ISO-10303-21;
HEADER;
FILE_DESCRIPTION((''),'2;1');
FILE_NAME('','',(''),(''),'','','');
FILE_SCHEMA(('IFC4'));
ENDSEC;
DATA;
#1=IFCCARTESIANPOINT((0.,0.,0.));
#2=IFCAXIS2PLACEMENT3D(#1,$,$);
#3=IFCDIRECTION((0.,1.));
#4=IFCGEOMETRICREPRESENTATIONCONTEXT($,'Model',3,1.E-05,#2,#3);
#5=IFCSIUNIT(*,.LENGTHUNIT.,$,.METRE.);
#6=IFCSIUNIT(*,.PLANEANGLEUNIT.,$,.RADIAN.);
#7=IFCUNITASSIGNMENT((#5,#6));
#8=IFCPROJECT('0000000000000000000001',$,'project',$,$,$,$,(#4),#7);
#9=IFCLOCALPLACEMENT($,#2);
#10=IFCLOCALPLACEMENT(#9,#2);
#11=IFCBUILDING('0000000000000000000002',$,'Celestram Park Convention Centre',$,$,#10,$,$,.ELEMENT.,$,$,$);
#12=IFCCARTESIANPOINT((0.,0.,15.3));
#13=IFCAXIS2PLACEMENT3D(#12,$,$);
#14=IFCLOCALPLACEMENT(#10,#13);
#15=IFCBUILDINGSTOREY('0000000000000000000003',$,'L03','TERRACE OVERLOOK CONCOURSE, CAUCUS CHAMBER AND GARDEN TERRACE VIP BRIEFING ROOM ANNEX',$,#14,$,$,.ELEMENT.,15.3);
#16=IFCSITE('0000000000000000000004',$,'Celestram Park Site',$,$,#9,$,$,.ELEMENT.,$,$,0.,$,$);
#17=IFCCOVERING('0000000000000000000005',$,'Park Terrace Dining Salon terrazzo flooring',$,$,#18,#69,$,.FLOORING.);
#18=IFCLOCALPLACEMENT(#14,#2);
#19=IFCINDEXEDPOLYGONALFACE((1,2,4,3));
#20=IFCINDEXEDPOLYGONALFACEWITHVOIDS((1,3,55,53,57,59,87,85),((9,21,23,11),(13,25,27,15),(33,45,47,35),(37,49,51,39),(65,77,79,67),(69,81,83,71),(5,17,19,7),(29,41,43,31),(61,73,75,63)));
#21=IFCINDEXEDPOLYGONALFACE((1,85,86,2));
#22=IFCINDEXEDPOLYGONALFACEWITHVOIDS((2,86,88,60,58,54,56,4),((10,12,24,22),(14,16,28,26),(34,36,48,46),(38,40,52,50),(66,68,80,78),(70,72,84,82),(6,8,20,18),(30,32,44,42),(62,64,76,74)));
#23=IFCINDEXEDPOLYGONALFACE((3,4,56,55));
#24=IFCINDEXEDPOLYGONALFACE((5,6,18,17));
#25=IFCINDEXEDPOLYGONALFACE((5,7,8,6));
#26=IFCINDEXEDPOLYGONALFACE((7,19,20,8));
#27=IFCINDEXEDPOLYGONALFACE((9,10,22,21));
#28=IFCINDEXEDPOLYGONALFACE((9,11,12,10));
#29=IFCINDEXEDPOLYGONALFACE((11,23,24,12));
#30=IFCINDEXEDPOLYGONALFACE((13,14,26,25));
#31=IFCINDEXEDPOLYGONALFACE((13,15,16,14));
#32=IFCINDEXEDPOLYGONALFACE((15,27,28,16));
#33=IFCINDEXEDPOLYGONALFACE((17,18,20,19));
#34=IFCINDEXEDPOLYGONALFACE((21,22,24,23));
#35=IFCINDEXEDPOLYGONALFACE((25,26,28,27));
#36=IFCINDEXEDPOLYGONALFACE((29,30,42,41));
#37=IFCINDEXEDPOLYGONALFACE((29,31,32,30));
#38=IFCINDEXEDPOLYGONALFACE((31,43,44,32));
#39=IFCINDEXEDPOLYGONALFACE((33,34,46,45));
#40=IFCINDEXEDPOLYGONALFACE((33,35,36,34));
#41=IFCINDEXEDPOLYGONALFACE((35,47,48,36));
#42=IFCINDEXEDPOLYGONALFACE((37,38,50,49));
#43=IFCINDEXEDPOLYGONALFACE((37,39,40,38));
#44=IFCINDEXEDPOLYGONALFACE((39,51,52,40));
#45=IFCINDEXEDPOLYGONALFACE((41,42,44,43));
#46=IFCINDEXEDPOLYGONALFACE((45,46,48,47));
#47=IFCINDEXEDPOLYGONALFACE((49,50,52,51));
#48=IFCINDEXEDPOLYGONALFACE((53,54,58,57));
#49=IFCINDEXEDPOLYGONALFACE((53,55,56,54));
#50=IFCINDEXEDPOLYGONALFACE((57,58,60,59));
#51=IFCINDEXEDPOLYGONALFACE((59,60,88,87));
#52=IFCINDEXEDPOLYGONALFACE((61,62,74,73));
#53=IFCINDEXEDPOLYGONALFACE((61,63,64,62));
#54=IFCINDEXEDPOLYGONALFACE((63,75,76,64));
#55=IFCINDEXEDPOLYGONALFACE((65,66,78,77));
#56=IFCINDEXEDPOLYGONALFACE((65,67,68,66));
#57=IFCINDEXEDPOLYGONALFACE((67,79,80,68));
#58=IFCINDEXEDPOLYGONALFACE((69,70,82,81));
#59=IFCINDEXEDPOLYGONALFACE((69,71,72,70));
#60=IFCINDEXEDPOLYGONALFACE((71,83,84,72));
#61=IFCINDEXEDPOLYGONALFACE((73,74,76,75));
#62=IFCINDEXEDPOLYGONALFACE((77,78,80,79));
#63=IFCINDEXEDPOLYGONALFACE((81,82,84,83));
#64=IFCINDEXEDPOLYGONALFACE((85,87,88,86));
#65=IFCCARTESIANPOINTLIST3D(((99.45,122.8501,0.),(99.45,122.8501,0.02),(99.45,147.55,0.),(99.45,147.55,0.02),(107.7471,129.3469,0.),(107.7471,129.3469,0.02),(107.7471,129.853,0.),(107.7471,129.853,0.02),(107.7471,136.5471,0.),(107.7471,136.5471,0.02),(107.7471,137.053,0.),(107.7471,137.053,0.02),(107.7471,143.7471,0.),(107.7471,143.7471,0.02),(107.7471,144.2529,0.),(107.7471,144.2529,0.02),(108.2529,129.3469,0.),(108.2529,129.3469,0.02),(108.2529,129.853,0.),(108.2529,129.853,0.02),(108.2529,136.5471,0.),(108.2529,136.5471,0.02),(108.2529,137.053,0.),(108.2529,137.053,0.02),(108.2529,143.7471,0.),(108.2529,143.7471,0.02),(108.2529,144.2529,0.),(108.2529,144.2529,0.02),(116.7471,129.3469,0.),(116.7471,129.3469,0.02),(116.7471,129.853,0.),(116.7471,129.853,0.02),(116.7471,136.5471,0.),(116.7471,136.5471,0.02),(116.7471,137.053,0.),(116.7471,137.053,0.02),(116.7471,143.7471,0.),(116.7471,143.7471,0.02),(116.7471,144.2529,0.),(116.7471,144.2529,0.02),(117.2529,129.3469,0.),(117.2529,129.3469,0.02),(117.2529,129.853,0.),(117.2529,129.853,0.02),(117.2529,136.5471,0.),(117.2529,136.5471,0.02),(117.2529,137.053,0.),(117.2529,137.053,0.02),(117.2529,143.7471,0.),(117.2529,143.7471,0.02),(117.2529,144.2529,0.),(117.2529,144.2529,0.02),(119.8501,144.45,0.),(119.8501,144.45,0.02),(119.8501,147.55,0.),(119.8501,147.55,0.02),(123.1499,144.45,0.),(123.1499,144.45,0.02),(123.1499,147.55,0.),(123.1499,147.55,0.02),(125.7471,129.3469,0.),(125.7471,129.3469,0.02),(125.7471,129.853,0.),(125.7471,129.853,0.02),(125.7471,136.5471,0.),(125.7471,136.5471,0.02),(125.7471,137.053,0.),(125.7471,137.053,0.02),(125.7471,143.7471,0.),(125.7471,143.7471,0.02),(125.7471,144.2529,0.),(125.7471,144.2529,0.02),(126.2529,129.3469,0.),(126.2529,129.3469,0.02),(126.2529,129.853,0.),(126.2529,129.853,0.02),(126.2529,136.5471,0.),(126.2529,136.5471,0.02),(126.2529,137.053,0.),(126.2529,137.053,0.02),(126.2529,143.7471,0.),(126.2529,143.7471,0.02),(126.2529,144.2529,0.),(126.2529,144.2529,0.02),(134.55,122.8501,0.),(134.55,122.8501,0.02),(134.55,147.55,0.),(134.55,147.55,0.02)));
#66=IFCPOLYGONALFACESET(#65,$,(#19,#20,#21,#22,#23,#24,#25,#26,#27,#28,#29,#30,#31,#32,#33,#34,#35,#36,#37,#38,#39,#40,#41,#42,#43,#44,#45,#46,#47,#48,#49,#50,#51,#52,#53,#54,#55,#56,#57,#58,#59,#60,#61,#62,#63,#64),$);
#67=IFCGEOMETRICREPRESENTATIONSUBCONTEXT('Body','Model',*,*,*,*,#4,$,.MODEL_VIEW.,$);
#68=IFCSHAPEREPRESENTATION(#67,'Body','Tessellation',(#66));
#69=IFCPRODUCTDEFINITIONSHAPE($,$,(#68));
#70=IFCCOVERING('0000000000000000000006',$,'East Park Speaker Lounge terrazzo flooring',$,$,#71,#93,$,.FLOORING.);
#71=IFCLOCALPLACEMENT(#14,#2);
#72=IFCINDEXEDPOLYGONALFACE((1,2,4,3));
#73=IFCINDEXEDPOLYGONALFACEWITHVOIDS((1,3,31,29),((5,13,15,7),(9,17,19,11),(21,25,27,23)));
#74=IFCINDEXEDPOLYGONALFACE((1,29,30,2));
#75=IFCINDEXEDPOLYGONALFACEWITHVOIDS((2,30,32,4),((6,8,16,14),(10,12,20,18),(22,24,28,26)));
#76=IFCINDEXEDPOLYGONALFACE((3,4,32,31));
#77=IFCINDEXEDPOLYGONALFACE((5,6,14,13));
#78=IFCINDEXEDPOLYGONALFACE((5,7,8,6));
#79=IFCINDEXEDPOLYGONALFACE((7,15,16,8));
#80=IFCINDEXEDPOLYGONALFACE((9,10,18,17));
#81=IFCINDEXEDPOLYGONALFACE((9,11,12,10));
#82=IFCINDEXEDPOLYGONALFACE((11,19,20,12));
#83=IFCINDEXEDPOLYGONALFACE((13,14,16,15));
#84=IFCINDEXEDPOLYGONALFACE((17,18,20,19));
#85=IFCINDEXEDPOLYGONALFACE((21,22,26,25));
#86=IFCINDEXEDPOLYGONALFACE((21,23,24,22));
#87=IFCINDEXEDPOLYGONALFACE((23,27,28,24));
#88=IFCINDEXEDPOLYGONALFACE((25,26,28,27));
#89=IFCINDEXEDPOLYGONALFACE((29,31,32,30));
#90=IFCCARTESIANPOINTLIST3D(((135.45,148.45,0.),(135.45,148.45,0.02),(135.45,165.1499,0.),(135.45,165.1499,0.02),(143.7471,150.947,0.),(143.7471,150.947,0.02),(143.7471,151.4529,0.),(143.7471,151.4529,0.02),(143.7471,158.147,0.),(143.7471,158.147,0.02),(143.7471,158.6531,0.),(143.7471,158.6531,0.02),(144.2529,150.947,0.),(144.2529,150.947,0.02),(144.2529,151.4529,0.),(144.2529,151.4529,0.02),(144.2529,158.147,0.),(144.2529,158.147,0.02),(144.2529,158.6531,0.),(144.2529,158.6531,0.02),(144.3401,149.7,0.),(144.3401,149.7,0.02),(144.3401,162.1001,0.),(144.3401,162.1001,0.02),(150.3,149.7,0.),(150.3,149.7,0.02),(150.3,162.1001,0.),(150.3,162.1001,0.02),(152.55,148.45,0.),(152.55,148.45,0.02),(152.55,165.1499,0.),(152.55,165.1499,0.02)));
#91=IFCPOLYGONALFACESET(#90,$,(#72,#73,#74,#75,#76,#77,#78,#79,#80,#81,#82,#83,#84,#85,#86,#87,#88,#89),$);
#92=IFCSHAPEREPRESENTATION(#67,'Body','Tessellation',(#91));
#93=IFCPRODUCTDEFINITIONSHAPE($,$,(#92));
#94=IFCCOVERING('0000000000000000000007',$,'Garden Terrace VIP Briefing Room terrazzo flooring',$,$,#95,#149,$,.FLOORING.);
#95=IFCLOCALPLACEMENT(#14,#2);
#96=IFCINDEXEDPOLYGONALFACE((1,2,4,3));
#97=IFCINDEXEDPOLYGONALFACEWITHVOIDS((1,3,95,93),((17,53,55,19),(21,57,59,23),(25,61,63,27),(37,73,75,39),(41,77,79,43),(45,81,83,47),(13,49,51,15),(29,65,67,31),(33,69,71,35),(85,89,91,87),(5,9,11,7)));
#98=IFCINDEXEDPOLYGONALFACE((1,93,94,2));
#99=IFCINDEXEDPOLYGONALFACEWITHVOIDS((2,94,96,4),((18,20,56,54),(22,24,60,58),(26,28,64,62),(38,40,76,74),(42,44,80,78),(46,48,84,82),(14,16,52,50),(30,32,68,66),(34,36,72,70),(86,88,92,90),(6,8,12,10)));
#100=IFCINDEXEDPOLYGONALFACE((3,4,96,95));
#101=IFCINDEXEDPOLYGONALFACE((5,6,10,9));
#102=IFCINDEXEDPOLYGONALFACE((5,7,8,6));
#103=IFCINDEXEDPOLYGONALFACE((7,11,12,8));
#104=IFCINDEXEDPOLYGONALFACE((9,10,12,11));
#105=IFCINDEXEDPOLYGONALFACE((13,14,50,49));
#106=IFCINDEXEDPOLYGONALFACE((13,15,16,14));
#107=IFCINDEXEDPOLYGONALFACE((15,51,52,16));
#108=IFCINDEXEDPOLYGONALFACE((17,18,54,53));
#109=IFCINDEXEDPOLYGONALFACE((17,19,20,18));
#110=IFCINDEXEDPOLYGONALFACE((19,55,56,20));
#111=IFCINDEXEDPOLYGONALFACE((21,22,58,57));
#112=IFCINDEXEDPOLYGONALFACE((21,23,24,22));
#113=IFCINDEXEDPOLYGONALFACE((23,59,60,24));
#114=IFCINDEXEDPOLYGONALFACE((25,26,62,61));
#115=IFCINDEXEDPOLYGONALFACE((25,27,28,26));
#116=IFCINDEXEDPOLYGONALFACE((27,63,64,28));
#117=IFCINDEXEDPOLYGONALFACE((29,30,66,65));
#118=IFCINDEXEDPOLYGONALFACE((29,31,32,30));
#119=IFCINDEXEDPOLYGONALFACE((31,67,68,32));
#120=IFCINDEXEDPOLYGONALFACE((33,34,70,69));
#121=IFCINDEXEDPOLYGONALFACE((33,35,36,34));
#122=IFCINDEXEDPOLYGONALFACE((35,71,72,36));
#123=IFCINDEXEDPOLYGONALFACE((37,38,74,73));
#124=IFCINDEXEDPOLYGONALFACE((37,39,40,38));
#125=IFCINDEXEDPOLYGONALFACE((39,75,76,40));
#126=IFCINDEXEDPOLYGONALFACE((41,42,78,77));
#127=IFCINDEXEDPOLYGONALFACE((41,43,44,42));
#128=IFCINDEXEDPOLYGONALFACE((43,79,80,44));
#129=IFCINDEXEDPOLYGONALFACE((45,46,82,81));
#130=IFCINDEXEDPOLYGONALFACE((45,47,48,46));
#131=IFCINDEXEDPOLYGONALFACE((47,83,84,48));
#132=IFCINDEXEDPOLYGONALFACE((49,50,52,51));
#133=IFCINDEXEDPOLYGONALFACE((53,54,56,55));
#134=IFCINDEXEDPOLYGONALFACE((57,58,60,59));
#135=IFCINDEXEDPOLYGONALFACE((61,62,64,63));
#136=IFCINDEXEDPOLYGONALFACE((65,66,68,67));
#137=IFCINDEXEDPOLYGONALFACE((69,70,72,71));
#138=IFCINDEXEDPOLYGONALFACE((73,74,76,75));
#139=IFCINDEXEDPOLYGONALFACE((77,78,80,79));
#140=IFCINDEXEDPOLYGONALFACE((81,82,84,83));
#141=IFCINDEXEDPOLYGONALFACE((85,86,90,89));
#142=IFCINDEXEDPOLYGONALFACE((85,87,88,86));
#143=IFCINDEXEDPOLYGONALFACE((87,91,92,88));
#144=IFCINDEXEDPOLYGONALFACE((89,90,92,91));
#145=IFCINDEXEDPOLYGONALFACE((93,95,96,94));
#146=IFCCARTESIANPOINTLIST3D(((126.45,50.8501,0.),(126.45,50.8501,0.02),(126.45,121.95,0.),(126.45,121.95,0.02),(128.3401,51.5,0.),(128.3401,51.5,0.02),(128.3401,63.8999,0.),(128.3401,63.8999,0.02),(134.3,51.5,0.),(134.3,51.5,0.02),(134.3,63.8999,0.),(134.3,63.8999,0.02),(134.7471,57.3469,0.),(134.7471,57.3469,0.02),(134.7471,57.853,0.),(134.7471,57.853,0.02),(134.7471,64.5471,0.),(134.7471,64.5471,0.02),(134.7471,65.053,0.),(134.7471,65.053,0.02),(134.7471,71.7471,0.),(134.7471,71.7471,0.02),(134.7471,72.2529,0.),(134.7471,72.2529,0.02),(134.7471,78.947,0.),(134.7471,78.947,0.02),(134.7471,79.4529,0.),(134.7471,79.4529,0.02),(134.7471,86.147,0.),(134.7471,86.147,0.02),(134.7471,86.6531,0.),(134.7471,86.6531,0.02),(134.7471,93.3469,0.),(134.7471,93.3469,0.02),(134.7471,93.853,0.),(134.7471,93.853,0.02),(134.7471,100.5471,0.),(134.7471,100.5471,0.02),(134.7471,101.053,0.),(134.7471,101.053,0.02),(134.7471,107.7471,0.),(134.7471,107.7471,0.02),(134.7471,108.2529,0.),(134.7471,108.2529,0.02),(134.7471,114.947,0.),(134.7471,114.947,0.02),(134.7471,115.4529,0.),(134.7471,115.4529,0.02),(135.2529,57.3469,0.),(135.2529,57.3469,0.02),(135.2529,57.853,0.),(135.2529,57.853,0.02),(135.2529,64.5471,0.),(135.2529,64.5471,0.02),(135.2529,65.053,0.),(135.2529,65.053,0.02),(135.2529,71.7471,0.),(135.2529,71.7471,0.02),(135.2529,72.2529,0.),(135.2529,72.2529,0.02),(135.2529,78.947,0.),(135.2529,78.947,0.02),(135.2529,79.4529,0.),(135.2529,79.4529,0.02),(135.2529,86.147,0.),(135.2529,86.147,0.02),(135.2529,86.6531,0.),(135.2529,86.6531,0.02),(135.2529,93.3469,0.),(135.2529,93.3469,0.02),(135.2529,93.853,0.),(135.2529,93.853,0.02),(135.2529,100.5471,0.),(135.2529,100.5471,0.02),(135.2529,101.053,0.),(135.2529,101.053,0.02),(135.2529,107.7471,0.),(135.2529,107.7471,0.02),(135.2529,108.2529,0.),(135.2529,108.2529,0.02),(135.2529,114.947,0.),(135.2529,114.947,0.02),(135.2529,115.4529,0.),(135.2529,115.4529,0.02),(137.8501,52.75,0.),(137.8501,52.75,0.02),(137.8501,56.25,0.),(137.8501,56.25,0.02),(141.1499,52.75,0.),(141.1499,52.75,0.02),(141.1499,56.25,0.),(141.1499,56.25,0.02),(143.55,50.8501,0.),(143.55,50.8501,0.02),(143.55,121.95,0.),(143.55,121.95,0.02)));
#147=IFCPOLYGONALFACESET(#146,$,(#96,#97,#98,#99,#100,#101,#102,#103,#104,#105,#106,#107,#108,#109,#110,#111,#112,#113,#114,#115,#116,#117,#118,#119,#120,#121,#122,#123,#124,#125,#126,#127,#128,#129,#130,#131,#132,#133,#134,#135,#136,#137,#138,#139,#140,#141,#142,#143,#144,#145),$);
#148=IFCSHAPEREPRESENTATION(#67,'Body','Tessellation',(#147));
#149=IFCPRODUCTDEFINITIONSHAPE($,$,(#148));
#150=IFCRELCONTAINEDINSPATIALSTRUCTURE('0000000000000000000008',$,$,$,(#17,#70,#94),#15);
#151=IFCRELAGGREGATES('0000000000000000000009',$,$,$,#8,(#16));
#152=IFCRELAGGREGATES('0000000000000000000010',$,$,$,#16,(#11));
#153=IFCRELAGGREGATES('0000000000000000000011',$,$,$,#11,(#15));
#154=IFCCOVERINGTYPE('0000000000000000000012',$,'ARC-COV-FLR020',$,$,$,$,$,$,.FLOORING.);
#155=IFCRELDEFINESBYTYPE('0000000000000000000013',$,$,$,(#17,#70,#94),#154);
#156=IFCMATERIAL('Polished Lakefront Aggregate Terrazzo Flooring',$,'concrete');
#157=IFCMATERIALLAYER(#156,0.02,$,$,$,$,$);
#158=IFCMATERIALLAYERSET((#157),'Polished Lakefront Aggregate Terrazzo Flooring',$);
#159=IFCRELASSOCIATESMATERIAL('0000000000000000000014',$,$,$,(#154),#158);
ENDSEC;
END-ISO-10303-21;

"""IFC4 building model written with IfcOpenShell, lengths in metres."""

from ifc_helpers import new_model, si_unit, direction, frame, origin, place, context, subcontext, project, spatial, polyline, outline, extrude, material, layer, layer_set, type_object, element, save


model = new_model("IFC4")

# Units and contexts
model_context = context("Model", 3, precision=1e-05, world=origin(), true_north=direction((0.0, 1.0)))
body_context = subcontext(model_context, "Body", "Model", "MODEL_VIEW")
ifc_project = project(units=[si_unit("LENGTHUNIT", "METRE"), si_unit("PLANEANGLEUNIT", "RADIAN")], contexts=[model_context])

# Site, building, storey
site_placement = place(None, origin())
site = spatial("IfcSite", under=ifc_project, at=site_placement, Name="Celestram Park Site", CompositionType="ELEMENT", RefElevation=0.0)
building_placement = place(site_placement, origin())
building = spatial("IfcBuilding", under=site, at=building_placement, Name="Celestram Park Convention Centre", CompositionType="ELEMENT")
storey_placement = place(building_placement, frame((0.0, 0.0, 15.3)))
storey = spatial("IfcBuildingStorey", under=building, at=storey_placement, Name="L03", Description="TERRACE OVERLOOK CONCOURSE, CAUCUS CHAMBER AND GARDEN TERRACE VIP BRIEFING ROOM ANNEX", CompositionType="ELEMENT", Elevation=15.3)

# Coverings
ifc_material_1 = material(Name="Polished Lakefront Aggregate Terrazzo Flooring", Category="concrete")
ifc_layer_1 = layer(ifc_material_1, 0.02)
ifc_layer_set_1 = layer_set([ifc_layer_1], Name="Polished Lakefront Aggregate Terrazzo Flooring")
covering_type_1 = type_object("IfcCoveringType", Name="ARC-COV-FLR020", PredefinedType="FLOORING", material=ifc_layer_set_1)
covering_1_placement = place(storey_placement, origin())
element("IfcCovering", 1, at=covering_1_placement, inside=storey, type_object=covering_type_1, Name="Park Terrace Dining Salon terrazzo flooring", PredefinedType="FLOORING", context=body_context, shape_type="SweptSolid", body=[
    extrude(outline(polyline([(119.8501, 147.55), (119.8501, 144.45), (123.1499, 144.45), (123.1499, 147.55), (134.55, 147.55), (134.55, 122.8501), (99.45, 122.8501), (99.45, 147.55), (119.8501, 147.55)]), holes=[polyline([(107.7471, 129.853), (107.7471, 129.3469), (108.2529, 129.3469), (108.2529, 129.853), (107.7471, 129.853)]), polyline([(125.7471, 129.853), (125.7471, 129.3469), (126.2529, 129.3469), (126.2529, 129.853), (125.7471, 129.853)]), polyline([(116.7471, 129.853), (116.7471, 129.3469), (117.2529, 129.3469), (117.2529, 129.853), (116.7471, 129.853)]), polyline([(108.2529, 137.053), (107.7471, 137.053), (107.7471, 136.5471), (108.2529, 136.5471), (108.2529, 137.053)]), polyline([(125.7471, 137.053), (125.7471, 136.5471), (126.2529, 136.5471), (126.2529, 137.053), (125.7471, 137.053)]), polyline([(116.7471, 137.053), (116.7471, 136.5471), (117.2529, 136.5471), (117.2529, 137.053), (116.7471, 137.053)]), polyline([(125.7471, 144.2529), (125.7471, 143.7471), (126.2529, 143.7471), (126.2529, 144.2529), (125.7471, 144.2529)]), polyline([(117.2529, 144.2529), (116.7471, 144.2529), (116.7471, 143.7471), (117.2529, 143.7471), (117.2529, 144.2529)]), polyline([(108.2529, 144.2529), (107.7471, 144.2529), (107.7471, 143.7471), (108.2529, 143.7471), (108.2529, 144.2529)])]), origin(), (0.0, 0.0, 1.0), 0.02),
])
covering_2_placement = place(storey_placement, origin())
element("IfcCovering", 2, at=covering_2_placement, inside=storey, type_object=covering_type_1, Name="East Park Speaker Lounge terrazzo flooring", PredefinedType="FLOORING", context=body_context, shape_type="SweptSolid", body=[
    extrude(outline(polyline([(152.55, 165.1499), (152.55, 148.45), (135.45, 148.45), (135.45, 165.1499), (152.55, 165.1499)]), holes=[polyline([(150.3, 162.1001), (144.3401, 162.1001), (144.3401, 149.7), (150.3, 149.7), (150.3, 162.1001)]), polyline([(143.7471, 151.4529), (143.7471, 150.947), (144.2529, 150.947), (144.2529, 151.4529), (143.7471, 151.4529)]), polyline([(144.2529, 158.6531), (143.7471, 158.6531), (143.7471, 158.147), (144.2529, 158.147), (144.2529, 158.6531)])]), origin(), (0.0, 0.0, 1.0), 0.02),
])
covering_3_placement = place(storey_placement, origin())
element("IfcCovering", 3, at=covering_3_placement, inside=storey, type_object=covering_type_1, Name="Garden Terrace VIP Briefing Room terrazzo flooring", PredefinedType="FLOORING", context=body_context, shape_type="SweptSolid", body=[
    extrude(outline(polyline([(143.55, 121.95), (143.55, 50.8501), (126.45, 50.8501), (126.45, 121.95), (143.55, 121.95)]), holes=[polyline([(141.1499, 56.25), (137.8501, 56.25), (137.8501, 52.75), (141.1499, 52.75), (141.1499, 56.25)]), polyline([(134.3, 63.8999), (128.3401, 63.8999), (128.3401, 51.5), (134.3, 51.5), (134.3, 63.8999)]), polyline([(134.7471, 57.853), (134.7471, 57.3469), (135.2529, 57.3469), (135.2529, 57.853), (134.7471, 57.853)]), polyline([(135.2529, 65.053), (134.7471, 65.053), (134.7471, 64.5471), (135.2529, 64.5471), (135.2529, 65.053)]), polyline([(134.7471, 72.2529), (134.7471, 71.7471), (135.2529, 71.7471), (135.2529, 72.2529), (134.7471, 72.2529)]), polyline([(135.2529, 79.4529), (134.7471, 79.4529), (134.7471, 78.947), (135.2529, 78.947), (135.2529, 79.4529)]), polyline([(135.2529, 86.6531), (134.7471, 86.6531), (134.7471, 86.147), (135.2529, 86.147), (135.2529, 86.6531)]), polyline([(134.7471, 93.853), (134.7471, 93.3469), (135.2529, 93.3469), (135.2529, 93.853), (134.7471, 93.853)]), polyline([(134.7471, 101.053), (134.7471, 100.5471), (135.2529, 100.5471), (135.2529, 101.053), (134.7471, 101.053)]), polyline([(135.2529, 108.2529), (134.7471, 108.2529), (134.7471, 107.7471), (135.2529, 107.7471), (135.2529, 108.2529)]), polyline([(135.2529, 115.4529), (134.7471, 115.4529), (134.7471, 114.947), (135.2529, 114.947), (135.2529, 115.4529)])]), origin(), (0.0, 0.0, 1.0), 0.02),
])

save(model, "model.ifc")
